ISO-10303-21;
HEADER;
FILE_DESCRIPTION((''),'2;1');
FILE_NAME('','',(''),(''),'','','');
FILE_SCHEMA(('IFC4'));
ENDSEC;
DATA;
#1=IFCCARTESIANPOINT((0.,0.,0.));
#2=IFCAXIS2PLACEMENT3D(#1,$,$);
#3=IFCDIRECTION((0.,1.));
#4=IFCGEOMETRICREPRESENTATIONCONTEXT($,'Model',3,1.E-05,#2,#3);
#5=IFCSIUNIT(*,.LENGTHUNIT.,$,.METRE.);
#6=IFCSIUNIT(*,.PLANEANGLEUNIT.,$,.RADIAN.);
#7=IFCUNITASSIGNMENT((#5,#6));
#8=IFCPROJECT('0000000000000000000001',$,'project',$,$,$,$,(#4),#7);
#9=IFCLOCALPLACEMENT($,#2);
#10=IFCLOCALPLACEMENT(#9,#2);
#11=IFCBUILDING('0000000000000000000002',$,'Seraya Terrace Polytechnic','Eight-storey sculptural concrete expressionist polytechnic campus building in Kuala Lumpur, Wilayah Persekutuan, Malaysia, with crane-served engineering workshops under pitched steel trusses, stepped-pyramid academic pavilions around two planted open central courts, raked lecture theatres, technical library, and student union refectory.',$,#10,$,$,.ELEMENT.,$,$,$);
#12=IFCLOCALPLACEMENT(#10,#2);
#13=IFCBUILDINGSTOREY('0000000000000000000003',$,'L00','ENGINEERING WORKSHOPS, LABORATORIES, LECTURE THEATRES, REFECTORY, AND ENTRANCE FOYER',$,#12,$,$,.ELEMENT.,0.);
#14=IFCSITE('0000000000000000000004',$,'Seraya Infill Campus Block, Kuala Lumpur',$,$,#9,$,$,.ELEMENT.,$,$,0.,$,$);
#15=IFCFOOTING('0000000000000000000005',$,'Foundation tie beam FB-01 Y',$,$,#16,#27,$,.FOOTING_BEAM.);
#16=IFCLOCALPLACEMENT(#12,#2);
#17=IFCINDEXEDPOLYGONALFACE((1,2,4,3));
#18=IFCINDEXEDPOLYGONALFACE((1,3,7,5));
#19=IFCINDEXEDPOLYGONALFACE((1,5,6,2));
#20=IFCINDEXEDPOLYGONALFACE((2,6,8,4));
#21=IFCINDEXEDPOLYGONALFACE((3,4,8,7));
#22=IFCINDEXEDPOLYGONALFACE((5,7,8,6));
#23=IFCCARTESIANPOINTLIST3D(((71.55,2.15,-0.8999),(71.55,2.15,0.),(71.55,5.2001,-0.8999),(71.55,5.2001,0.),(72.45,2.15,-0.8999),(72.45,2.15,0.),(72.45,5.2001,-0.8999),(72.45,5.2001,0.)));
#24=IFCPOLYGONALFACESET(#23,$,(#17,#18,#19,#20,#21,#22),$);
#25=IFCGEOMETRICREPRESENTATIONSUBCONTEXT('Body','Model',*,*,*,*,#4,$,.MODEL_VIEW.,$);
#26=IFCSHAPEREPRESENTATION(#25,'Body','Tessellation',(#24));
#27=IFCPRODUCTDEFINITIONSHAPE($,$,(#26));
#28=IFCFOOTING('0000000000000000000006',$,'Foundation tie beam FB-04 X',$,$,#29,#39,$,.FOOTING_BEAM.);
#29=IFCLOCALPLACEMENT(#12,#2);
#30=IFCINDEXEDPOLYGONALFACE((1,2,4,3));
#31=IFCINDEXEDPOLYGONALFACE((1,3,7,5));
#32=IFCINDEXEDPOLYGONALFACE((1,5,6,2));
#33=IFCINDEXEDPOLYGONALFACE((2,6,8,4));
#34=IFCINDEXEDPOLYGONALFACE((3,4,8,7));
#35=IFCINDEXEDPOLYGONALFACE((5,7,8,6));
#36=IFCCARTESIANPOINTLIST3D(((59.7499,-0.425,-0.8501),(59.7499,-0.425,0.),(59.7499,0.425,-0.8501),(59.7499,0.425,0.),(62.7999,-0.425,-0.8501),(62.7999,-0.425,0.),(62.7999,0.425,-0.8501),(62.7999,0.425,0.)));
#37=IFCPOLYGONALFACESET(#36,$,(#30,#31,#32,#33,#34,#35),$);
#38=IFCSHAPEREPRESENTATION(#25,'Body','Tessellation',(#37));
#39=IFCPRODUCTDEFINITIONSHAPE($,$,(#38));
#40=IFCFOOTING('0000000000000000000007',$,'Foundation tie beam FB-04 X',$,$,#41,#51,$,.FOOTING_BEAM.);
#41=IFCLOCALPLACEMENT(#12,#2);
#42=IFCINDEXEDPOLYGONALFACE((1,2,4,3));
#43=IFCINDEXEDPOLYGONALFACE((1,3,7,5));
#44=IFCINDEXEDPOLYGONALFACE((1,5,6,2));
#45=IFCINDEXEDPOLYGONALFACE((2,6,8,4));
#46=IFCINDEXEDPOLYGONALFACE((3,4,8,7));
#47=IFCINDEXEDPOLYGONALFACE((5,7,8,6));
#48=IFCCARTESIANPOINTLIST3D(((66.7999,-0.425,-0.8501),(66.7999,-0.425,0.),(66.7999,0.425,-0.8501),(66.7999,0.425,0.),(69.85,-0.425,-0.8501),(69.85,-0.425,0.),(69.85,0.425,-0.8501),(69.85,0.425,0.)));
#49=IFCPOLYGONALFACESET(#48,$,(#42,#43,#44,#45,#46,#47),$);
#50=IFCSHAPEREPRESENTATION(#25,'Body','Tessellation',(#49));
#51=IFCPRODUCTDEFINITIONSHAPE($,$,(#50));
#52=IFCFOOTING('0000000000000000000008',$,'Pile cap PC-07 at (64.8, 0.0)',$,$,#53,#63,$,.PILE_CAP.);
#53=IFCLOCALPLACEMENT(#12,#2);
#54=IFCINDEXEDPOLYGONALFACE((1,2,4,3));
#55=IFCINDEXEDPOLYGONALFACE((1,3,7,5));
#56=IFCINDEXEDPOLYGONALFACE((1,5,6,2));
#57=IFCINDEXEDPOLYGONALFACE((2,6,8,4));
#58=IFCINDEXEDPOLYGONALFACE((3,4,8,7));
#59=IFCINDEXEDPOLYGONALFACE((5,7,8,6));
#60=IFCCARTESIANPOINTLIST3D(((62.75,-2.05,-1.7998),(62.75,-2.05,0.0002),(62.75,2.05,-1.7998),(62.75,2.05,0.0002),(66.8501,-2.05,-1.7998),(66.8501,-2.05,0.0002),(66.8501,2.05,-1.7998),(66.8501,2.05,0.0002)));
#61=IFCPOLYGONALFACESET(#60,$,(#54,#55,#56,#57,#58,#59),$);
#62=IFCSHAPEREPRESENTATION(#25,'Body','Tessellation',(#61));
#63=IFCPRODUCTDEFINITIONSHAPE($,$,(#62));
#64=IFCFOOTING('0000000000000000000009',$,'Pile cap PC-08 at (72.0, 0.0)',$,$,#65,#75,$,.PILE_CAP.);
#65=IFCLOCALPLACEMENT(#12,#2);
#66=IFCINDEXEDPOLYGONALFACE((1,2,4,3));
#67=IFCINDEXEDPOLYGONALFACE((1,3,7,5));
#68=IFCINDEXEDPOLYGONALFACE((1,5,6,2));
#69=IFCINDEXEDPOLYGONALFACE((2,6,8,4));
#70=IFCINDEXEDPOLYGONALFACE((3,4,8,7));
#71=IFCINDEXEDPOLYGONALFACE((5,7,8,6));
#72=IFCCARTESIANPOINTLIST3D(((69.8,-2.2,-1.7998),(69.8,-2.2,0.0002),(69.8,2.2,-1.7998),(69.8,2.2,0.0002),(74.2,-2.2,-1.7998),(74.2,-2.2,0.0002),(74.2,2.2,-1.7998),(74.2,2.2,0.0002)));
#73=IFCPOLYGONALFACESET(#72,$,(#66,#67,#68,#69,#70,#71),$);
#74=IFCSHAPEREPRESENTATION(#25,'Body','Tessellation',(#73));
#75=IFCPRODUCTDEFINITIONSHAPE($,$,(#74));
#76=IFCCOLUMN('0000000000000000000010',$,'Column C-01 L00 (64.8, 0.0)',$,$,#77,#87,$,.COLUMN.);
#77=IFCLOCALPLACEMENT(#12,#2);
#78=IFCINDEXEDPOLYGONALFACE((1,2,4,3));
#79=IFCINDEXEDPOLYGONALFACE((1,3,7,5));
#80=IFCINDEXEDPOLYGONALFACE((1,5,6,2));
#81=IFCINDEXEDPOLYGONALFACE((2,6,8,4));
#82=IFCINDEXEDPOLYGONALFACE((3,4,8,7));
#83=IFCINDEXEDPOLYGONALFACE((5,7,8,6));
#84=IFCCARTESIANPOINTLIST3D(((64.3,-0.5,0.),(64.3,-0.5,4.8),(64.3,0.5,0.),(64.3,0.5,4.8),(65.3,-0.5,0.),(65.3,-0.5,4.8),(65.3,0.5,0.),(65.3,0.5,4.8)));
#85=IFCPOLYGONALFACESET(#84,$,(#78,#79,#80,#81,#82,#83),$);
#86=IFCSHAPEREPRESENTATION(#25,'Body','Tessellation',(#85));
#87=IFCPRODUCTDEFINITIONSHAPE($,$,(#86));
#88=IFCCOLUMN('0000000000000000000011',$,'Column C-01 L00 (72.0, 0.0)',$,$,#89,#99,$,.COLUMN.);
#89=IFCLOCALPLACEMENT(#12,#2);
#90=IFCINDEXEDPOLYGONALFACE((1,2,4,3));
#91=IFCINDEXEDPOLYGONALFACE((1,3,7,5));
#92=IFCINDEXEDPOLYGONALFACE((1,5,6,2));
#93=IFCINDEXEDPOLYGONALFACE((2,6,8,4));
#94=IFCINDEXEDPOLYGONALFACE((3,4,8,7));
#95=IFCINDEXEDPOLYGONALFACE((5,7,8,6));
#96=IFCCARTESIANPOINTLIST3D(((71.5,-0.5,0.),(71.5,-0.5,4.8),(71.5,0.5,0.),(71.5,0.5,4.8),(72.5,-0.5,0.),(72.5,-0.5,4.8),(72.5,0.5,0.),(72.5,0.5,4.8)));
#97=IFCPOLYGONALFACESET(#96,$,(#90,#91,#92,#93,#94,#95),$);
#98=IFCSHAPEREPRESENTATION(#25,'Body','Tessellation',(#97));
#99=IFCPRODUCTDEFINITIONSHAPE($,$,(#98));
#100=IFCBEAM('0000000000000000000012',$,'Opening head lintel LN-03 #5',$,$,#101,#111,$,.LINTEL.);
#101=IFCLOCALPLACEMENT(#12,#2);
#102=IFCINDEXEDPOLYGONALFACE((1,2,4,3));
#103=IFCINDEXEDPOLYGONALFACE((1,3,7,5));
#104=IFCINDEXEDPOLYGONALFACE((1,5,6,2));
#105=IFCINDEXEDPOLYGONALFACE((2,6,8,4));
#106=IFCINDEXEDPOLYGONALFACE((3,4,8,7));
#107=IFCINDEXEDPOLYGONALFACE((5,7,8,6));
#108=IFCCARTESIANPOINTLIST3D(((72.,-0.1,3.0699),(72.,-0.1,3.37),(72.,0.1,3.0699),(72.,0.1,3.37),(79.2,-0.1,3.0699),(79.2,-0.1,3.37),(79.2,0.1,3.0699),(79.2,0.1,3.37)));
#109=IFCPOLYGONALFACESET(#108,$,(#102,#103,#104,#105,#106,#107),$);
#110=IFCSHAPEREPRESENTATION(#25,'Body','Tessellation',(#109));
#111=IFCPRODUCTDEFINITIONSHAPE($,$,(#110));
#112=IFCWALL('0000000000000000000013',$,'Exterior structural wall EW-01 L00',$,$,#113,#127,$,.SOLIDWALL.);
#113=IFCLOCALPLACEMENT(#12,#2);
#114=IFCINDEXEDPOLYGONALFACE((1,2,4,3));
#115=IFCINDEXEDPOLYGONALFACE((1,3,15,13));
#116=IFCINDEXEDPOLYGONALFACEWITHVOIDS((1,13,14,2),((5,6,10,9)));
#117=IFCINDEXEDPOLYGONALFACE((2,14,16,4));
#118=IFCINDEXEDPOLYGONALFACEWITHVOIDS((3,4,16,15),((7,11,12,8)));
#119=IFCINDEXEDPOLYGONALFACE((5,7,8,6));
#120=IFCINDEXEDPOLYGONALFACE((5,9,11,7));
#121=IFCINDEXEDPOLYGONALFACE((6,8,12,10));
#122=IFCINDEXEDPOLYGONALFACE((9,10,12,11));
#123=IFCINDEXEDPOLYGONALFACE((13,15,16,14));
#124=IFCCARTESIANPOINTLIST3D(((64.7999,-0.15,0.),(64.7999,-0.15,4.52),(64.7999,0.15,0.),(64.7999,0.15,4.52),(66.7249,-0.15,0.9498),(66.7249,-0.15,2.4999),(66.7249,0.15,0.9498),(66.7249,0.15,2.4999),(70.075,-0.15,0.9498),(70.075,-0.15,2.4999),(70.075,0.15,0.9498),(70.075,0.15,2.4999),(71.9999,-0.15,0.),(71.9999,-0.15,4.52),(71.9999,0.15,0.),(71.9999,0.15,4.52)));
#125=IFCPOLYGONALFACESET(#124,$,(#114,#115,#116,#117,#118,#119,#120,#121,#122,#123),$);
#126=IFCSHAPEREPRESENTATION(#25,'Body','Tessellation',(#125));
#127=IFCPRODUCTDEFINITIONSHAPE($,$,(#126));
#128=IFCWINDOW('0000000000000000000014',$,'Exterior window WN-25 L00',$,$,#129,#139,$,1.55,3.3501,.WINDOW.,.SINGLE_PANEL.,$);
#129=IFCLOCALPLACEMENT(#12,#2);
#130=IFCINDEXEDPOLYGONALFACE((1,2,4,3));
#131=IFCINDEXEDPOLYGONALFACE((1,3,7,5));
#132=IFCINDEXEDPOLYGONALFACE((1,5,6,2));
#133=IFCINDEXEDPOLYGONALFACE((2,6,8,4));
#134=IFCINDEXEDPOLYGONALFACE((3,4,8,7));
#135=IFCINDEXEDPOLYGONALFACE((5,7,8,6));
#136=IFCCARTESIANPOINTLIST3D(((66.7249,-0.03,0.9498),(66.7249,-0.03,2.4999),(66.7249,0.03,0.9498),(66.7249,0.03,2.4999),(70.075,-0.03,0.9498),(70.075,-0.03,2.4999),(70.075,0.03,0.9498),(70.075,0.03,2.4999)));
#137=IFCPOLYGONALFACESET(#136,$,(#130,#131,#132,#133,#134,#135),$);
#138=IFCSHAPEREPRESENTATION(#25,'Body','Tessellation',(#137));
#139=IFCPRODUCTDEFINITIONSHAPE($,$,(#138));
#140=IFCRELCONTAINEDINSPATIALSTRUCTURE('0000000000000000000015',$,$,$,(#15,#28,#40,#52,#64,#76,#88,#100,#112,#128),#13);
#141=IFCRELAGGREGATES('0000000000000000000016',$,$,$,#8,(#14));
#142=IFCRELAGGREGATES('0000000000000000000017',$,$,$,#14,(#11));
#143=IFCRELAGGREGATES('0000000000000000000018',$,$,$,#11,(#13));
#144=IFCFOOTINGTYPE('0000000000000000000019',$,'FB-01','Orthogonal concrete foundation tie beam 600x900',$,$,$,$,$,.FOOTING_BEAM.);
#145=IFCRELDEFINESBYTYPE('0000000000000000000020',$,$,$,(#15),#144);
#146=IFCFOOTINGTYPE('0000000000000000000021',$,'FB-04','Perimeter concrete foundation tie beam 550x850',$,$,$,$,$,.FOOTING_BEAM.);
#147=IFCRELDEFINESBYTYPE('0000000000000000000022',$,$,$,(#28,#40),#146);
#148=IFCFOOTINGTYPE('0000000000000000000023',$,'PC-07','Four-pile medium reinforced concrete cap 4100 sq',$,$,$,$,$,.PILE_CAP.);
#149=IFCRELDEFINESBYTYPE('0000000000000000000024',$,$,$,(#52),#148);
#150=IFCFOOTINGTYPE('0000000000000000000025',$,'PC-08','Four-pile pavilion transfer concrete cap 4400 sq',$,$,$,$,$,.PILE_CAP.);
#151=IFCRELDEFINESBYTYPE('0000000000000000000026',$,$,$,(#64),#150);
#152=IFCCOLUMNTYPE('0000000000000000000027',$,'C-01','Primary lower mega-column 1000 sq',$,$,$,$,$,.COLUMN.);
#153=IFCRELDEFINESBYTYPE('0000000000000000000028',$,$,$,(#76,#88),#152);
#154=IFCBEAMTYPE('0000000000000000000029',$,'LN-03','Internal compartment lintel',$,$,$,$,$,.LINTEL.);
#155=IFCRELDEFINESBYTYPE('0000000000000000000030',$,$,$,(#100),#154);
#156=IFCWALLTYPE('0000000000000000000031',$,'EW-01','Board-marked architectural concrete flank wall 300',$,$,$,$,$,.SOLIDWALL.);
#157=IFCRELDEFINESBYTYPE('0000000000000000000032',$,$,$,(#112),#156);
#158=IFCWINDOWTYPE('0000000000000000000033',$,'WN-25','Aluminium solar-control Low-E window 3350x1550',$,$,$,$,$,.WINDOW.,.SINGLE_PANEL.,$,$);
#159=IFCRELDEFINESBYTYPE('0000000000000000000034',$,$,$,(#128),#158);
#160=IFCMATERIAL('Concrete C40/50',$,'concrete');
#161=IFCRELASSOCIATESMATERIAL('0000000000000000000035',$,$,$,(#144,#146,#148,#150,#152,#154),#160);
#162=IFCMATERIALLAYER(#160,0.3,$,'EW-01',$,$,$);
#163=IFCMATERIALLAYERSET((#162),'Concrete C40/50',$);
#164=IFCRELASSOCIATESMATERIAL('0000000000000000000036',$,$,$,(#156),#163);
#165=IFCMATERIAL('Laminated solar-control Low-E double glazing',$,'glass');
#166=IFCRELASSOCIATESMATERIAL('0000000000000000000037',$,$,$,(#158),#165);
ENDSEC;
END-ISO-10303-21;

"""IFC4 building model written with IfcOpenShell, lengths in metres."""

from ifc_helpers import new_model, si_unit, direction, frame, frame_2d, origin, origin_2d, place, context, subcontext, project, spatial, rectangle, extrude, material, layer, layer_set, material_profile, profile_set, type_object, element, fill, save


model = new_model("IFC4")

# Units and contexts
model_context = context("Model", 3, precision=1e-05, world=origin(), true_north=direction((0.0, 1.0)))
body_context = subcontext(model_context, "Body", "Model", "MODEL_VIEW")
ifc_project = project(units=[si_unit("LENGTHUNIT", "METRE"), si_unit("PLANEANGLEUNIT", "RADIAN")], contexts=[model_context])

# Site, building, storey
site_placement = place(None, origin())
site = spatial("IfcSite", under=ifc_project, at=site_placement, Name="Seraya Infill Campus Block, Kuala Lumpur", CompositionType="ELEMENT", RefElevation=0.0)
building_placement = place(site_placement, origin())
building = spatial("IfcBuilding", under=site, at=building_placement, Name="Seraya Terrace Polytechnic", Description="Eight-storey sculptural concrete expressionist polytechnic campus building in Kuala Lumpur, Wilayah Persekutuan, Malaysia, with crane-served engineering workshops under pitched steel trusses, stepped-pyramid academic pavilions around two planted open central courts, raked lecture theatres, technical library, and student union refectory.", CompositionType="ELEMENT")
storey_placement = place(building_placement, origin())
storey = spatial("IfcBuildingStorey", under=building, at=storey_placement, Name="L00", Description="ENGINEERING WORKSHOPS, LABORATORIES, LECTURE THEATRES, REFECTORY, AND ENTRANCE FOYER", CompositionType="ELEMENT", Elevation=0.0)

# Shared definitions
ifc_material_1 = material(Name="Concrete C40/50", Category="concrete")

# Footings
footing_type_1 = type_object("IfcFootingType", Name="FB-01", Description="Orthogonal concrete foundation tie beam 600x900", PredefinedType="FOOTING_BEAM", material=ifc_material_1)
for number, where, z_axis, x_axis, name in (
    (1, (72.0, 3.675, -0.8999), (0.0, 0.0, 1.0), (0.0, 1.0, 0.0), "Foundation tie beam FB-01 Y"),
):
    element("IfcFooting", number, at=place(storey_placement, frame(where, z_axis=z_axis, x_axis=x_axis)), inside=storey, type_object=footing_type_1, Name=name, PredefinedType="FOOTING_BEAM", context=body_context, shape_type="SweptSolid", body=[
        extrude(rectangle(XDim=3.05, YDim=0.8999, at=origin_2d()), origin(), (0.0, 0.0, 1.0), 0.8999),
    ])
footing_type_2 = type_object("IfcFootingType", Name="FB-04", Description="Perimeter concrete foundation tie beam 550x850", PredefinedType="FOOTING_BEAM", material=ifc_material_1)
for number, where, z_axis, x_axis, name in (
    (2, (61.2749, 0.0, -0.8501), (0.0, 0.0, 1.0), (1.0, 0.0, 0.0), "Foundation tie beam FB-04 X"),
    (3, (68.325, 0.0, -0.8501), (0.0, 0.0, 1.0), (1.0, 0.0, 0.0), "Foundation tie beam FB-04 X"),
):
    element("IfcFooting", number, at=place(storey_placement, frame(where, z_axis=z_axis, x_axis=x_axis)), inside=storey, type_object=footing_type_2, Name=name, PredefinedType="FOOTING_BEAM", context=body_context, shape_type="SweptSolid", body=[
        extrude(rectangle(XDim=3.05, YDim=0.8501, at=origin_2d()), origin(), (0.0, 0.0, 1.0), 0.8501),
    ])
footing_type_3 = type_object("IfcFootingType", Name="PC-07", Description="Four-pile medium reinforced concrete cap 4100 sq", PredefinedType="PILE_CAP", material=ifc_material_1)
footing_1_placement = place(storey_placement, frame((64.8, 0.0, -1.7998), z_axis=(0.0, 0.0, 1.0), x_axis=(1.0, 0.0, 0.0)))
element("IfcFooting", 4, at=footing_1_placement, inside=storey, type_object=footing_type_3, Name="Pile cap PC-07 at (64.8, 0.0)", PredefinedType="PILE_CAP", context=body_context, shape_type="SweptSolid", body=[
    extrude(rectangle(XDim=4.1001, YDim=4.1001, at=origin_2d()), origin(), (0.0, 0.0, 1.0), 1.8),
])
footing_type_4 = type_object("IfcFootingType", Name="PC-08", Description="Four-pile pavilion transfer concrete cap 4400 sq", PredefinedType="PILE_CAP", material=ifc_material_1)
footing_2_placement = place(storey_placement, frame((72.0, 0.0, -1.7998), z_axis=(0.0, 0.0, 1.0), x_axis=(1.0, 0.0, 0.0)))
element("IfcFooting", 5, at=footing_2_placement, inside=storey, type_object=footing_type_4, Name="Pile cap PC-08 at (72.0, 0.0)", PredefinedType="PILE_CAP", context=body_context, shape_type="SweptSolid", body=[
    extrude(rectangle(XDim=4.3999, YDim=4.3999, at=origin_2d()), origin(), (0.0, 0.0, 1.0), 1.8),
])

# Columns
ifc_material_profile_1 = material_profile(ifc_material_1, rectangle(XDim=1.0, YDim=1.0, at=origin_2d()), Name="RC 1000x1000")
ifc_profile_set_1 = profile_set([ifc_material_profile_1], Name="Concrete C40/50")
column_type = type_object("IfcColumnType", Name="C-01", Description="Primary lower mega-column 1000 sq", PredefinedType="COLUMN", material=ifc_profile_set_1)
for number, where, z_axis, x_axis, name in (
    (6, (64.8, 0.0, 0.0), (0.0, 0.0, 1.0), (1.0, 0.0, 0.0), "Column C-01 L00 (64.8, 0.0)"),
    (7, (72.0, 0.0, 0.0), (0.0, 0.0, 1.0), (1.0, 0.0, 0.0), "Column C-01 L00 (72.0, 0.0)"),
):
    element("IfcColumn", number, at=place(storey_placement, frame(where, z_axis=z_axis, x_axis=x_axis)), inside=storey, type_object=column_type, Name=name, PredefinedType="COLUMN", context=body_context, shape_type="SweptSolid", body=[
        extrude(rectangle(XDim=1.0, YDim=1.0, at=origin_2d()), origin(), (0.0, 0.0, 1.0), 4.8),
    ])

# Beam
ifc_material_profile_2 = material_profile(ifc_material_1, rectangle(XDim=0.2, YDim=0.3, at=origin_2d()), Name="RC 200x300")
ifc_profile_set_2 = profile_set([ifc_material_profile_2], Name="Concrete C40/50")
beam_type = type_object("IfcBeamType", Name="LN-03", Description="Internal compartment lintel", PredefinedType="LINTEL", material=ifc_profile_set_2)
beam_placement = place(storey_placement, frame((72.0, 0.0, 3.22), z_axis=(1.0, 0.0, 0.0), x_axis=(0.0, 1.0, 0.0)))
element("IfcBeam", 8, at=beam_placement, inside=storey, type_object=beam_type, Name="Opening head lintel LN-03 #5", PredefinedType="LINTEL", context=body_context, shape_type="SweptSolid", body=[
    extrude(rectangle(XDim=0.2, YDim=0.3, at=origin_2d()), origin(), (0.0, 0.0, 1.0), 7.2),
])

# Wall, opening, window
ifc_layer_1 = layer(ifc_material_1, 0.3, Name="EW-01")
ifc_layer_set_1 = layer_set([ifc_layer_1], Name="Concrete C40/50")
wall_type_1 = type_object("IfcWallType", Name="EW-01", Description="Board-marked architectural concrete flank wall 300", PredefinedType="SOLIDWALL", material=ifc_layer_set_1)
wall_1_placement = place(storey_placement, frame((72.0, 0.0, 0.0), z_axis=(0.0, 0.0, 1.0), x_axis=(-1.0, 0.0, 0.0)))
wall_1 = element("IfcWall", 9, at=wall_1_placement, inside=storey, type_object=wall_type_1, Name="Exterior structural wall EW-01 L00", PredefinedType="SOLIDWALL", context=body_context, shape_type="SweptSolid", body=[
    extrude(rectangle(XDim=7.2, YDim=0.3, at=frame_2d((3.6001, 0.0))), origin(), (0.0, 0.0, 1.0), 4.52),
])
opening_1_placement = place(wall_1_placement, frame((1.925, 0.0, 0.95)))
opening_1 = element("IfcOpeningElement", 10, at=opening_1_placement, cuts=wall_1, PredefinedType="OPENING", context=body_context, shape_type="SweptSolid", body=[
    extrude(rectangle(XDim=3.3501, YDim=1.55, at=frame_2d((1.675, 0.7749))), frame((0.0, 0.1621, 0.0), z_axis=(0.0, -1.0, 0.0), x_axis=(1.0, 0.0, 0.0)), (0.0, 0.0, 1.0), 0.324),
])
ifc_material_2 = material(Name="Laminated solar-control Low-E double glazing", Category="glass")
window_type_1 = type_object("IfcWindowType", Name="WN-25", Description="Aluminium solar-control Low-E window 3350x1550", PartitioningType="SINGLE_PANEL", PredefinedType="WINDOW", material=ifc_material_2)
window_1_placement = place(opening_1_placement, origin())
window_1 = element("IfcWindow", 11, at=window_1_placement, inside=storey, type_object=window_type_1, Name="Exterior window WN-25 L00", OverallHeight=1.55, OverallWidth=3.3501, PartitioningType="SINGLE_PANEL", PredefinedType="WINDOW", context=body_context, shape_type="SweptSolid", body=[
    extrude(rectangle(XDim=3.3501, YDim=1.55, at=frame_2d((1.675, 0.7749))), frame((0.0, 0.03, 0.0), z_axis=(0.0, -1.0, 0.0), x_axis=(1.0, 0.0, 0.0)), (0.0, 0.0, 1.0), 0.0601),
])
fill(opening_1, window_1)

save(model, "model.ifc")
